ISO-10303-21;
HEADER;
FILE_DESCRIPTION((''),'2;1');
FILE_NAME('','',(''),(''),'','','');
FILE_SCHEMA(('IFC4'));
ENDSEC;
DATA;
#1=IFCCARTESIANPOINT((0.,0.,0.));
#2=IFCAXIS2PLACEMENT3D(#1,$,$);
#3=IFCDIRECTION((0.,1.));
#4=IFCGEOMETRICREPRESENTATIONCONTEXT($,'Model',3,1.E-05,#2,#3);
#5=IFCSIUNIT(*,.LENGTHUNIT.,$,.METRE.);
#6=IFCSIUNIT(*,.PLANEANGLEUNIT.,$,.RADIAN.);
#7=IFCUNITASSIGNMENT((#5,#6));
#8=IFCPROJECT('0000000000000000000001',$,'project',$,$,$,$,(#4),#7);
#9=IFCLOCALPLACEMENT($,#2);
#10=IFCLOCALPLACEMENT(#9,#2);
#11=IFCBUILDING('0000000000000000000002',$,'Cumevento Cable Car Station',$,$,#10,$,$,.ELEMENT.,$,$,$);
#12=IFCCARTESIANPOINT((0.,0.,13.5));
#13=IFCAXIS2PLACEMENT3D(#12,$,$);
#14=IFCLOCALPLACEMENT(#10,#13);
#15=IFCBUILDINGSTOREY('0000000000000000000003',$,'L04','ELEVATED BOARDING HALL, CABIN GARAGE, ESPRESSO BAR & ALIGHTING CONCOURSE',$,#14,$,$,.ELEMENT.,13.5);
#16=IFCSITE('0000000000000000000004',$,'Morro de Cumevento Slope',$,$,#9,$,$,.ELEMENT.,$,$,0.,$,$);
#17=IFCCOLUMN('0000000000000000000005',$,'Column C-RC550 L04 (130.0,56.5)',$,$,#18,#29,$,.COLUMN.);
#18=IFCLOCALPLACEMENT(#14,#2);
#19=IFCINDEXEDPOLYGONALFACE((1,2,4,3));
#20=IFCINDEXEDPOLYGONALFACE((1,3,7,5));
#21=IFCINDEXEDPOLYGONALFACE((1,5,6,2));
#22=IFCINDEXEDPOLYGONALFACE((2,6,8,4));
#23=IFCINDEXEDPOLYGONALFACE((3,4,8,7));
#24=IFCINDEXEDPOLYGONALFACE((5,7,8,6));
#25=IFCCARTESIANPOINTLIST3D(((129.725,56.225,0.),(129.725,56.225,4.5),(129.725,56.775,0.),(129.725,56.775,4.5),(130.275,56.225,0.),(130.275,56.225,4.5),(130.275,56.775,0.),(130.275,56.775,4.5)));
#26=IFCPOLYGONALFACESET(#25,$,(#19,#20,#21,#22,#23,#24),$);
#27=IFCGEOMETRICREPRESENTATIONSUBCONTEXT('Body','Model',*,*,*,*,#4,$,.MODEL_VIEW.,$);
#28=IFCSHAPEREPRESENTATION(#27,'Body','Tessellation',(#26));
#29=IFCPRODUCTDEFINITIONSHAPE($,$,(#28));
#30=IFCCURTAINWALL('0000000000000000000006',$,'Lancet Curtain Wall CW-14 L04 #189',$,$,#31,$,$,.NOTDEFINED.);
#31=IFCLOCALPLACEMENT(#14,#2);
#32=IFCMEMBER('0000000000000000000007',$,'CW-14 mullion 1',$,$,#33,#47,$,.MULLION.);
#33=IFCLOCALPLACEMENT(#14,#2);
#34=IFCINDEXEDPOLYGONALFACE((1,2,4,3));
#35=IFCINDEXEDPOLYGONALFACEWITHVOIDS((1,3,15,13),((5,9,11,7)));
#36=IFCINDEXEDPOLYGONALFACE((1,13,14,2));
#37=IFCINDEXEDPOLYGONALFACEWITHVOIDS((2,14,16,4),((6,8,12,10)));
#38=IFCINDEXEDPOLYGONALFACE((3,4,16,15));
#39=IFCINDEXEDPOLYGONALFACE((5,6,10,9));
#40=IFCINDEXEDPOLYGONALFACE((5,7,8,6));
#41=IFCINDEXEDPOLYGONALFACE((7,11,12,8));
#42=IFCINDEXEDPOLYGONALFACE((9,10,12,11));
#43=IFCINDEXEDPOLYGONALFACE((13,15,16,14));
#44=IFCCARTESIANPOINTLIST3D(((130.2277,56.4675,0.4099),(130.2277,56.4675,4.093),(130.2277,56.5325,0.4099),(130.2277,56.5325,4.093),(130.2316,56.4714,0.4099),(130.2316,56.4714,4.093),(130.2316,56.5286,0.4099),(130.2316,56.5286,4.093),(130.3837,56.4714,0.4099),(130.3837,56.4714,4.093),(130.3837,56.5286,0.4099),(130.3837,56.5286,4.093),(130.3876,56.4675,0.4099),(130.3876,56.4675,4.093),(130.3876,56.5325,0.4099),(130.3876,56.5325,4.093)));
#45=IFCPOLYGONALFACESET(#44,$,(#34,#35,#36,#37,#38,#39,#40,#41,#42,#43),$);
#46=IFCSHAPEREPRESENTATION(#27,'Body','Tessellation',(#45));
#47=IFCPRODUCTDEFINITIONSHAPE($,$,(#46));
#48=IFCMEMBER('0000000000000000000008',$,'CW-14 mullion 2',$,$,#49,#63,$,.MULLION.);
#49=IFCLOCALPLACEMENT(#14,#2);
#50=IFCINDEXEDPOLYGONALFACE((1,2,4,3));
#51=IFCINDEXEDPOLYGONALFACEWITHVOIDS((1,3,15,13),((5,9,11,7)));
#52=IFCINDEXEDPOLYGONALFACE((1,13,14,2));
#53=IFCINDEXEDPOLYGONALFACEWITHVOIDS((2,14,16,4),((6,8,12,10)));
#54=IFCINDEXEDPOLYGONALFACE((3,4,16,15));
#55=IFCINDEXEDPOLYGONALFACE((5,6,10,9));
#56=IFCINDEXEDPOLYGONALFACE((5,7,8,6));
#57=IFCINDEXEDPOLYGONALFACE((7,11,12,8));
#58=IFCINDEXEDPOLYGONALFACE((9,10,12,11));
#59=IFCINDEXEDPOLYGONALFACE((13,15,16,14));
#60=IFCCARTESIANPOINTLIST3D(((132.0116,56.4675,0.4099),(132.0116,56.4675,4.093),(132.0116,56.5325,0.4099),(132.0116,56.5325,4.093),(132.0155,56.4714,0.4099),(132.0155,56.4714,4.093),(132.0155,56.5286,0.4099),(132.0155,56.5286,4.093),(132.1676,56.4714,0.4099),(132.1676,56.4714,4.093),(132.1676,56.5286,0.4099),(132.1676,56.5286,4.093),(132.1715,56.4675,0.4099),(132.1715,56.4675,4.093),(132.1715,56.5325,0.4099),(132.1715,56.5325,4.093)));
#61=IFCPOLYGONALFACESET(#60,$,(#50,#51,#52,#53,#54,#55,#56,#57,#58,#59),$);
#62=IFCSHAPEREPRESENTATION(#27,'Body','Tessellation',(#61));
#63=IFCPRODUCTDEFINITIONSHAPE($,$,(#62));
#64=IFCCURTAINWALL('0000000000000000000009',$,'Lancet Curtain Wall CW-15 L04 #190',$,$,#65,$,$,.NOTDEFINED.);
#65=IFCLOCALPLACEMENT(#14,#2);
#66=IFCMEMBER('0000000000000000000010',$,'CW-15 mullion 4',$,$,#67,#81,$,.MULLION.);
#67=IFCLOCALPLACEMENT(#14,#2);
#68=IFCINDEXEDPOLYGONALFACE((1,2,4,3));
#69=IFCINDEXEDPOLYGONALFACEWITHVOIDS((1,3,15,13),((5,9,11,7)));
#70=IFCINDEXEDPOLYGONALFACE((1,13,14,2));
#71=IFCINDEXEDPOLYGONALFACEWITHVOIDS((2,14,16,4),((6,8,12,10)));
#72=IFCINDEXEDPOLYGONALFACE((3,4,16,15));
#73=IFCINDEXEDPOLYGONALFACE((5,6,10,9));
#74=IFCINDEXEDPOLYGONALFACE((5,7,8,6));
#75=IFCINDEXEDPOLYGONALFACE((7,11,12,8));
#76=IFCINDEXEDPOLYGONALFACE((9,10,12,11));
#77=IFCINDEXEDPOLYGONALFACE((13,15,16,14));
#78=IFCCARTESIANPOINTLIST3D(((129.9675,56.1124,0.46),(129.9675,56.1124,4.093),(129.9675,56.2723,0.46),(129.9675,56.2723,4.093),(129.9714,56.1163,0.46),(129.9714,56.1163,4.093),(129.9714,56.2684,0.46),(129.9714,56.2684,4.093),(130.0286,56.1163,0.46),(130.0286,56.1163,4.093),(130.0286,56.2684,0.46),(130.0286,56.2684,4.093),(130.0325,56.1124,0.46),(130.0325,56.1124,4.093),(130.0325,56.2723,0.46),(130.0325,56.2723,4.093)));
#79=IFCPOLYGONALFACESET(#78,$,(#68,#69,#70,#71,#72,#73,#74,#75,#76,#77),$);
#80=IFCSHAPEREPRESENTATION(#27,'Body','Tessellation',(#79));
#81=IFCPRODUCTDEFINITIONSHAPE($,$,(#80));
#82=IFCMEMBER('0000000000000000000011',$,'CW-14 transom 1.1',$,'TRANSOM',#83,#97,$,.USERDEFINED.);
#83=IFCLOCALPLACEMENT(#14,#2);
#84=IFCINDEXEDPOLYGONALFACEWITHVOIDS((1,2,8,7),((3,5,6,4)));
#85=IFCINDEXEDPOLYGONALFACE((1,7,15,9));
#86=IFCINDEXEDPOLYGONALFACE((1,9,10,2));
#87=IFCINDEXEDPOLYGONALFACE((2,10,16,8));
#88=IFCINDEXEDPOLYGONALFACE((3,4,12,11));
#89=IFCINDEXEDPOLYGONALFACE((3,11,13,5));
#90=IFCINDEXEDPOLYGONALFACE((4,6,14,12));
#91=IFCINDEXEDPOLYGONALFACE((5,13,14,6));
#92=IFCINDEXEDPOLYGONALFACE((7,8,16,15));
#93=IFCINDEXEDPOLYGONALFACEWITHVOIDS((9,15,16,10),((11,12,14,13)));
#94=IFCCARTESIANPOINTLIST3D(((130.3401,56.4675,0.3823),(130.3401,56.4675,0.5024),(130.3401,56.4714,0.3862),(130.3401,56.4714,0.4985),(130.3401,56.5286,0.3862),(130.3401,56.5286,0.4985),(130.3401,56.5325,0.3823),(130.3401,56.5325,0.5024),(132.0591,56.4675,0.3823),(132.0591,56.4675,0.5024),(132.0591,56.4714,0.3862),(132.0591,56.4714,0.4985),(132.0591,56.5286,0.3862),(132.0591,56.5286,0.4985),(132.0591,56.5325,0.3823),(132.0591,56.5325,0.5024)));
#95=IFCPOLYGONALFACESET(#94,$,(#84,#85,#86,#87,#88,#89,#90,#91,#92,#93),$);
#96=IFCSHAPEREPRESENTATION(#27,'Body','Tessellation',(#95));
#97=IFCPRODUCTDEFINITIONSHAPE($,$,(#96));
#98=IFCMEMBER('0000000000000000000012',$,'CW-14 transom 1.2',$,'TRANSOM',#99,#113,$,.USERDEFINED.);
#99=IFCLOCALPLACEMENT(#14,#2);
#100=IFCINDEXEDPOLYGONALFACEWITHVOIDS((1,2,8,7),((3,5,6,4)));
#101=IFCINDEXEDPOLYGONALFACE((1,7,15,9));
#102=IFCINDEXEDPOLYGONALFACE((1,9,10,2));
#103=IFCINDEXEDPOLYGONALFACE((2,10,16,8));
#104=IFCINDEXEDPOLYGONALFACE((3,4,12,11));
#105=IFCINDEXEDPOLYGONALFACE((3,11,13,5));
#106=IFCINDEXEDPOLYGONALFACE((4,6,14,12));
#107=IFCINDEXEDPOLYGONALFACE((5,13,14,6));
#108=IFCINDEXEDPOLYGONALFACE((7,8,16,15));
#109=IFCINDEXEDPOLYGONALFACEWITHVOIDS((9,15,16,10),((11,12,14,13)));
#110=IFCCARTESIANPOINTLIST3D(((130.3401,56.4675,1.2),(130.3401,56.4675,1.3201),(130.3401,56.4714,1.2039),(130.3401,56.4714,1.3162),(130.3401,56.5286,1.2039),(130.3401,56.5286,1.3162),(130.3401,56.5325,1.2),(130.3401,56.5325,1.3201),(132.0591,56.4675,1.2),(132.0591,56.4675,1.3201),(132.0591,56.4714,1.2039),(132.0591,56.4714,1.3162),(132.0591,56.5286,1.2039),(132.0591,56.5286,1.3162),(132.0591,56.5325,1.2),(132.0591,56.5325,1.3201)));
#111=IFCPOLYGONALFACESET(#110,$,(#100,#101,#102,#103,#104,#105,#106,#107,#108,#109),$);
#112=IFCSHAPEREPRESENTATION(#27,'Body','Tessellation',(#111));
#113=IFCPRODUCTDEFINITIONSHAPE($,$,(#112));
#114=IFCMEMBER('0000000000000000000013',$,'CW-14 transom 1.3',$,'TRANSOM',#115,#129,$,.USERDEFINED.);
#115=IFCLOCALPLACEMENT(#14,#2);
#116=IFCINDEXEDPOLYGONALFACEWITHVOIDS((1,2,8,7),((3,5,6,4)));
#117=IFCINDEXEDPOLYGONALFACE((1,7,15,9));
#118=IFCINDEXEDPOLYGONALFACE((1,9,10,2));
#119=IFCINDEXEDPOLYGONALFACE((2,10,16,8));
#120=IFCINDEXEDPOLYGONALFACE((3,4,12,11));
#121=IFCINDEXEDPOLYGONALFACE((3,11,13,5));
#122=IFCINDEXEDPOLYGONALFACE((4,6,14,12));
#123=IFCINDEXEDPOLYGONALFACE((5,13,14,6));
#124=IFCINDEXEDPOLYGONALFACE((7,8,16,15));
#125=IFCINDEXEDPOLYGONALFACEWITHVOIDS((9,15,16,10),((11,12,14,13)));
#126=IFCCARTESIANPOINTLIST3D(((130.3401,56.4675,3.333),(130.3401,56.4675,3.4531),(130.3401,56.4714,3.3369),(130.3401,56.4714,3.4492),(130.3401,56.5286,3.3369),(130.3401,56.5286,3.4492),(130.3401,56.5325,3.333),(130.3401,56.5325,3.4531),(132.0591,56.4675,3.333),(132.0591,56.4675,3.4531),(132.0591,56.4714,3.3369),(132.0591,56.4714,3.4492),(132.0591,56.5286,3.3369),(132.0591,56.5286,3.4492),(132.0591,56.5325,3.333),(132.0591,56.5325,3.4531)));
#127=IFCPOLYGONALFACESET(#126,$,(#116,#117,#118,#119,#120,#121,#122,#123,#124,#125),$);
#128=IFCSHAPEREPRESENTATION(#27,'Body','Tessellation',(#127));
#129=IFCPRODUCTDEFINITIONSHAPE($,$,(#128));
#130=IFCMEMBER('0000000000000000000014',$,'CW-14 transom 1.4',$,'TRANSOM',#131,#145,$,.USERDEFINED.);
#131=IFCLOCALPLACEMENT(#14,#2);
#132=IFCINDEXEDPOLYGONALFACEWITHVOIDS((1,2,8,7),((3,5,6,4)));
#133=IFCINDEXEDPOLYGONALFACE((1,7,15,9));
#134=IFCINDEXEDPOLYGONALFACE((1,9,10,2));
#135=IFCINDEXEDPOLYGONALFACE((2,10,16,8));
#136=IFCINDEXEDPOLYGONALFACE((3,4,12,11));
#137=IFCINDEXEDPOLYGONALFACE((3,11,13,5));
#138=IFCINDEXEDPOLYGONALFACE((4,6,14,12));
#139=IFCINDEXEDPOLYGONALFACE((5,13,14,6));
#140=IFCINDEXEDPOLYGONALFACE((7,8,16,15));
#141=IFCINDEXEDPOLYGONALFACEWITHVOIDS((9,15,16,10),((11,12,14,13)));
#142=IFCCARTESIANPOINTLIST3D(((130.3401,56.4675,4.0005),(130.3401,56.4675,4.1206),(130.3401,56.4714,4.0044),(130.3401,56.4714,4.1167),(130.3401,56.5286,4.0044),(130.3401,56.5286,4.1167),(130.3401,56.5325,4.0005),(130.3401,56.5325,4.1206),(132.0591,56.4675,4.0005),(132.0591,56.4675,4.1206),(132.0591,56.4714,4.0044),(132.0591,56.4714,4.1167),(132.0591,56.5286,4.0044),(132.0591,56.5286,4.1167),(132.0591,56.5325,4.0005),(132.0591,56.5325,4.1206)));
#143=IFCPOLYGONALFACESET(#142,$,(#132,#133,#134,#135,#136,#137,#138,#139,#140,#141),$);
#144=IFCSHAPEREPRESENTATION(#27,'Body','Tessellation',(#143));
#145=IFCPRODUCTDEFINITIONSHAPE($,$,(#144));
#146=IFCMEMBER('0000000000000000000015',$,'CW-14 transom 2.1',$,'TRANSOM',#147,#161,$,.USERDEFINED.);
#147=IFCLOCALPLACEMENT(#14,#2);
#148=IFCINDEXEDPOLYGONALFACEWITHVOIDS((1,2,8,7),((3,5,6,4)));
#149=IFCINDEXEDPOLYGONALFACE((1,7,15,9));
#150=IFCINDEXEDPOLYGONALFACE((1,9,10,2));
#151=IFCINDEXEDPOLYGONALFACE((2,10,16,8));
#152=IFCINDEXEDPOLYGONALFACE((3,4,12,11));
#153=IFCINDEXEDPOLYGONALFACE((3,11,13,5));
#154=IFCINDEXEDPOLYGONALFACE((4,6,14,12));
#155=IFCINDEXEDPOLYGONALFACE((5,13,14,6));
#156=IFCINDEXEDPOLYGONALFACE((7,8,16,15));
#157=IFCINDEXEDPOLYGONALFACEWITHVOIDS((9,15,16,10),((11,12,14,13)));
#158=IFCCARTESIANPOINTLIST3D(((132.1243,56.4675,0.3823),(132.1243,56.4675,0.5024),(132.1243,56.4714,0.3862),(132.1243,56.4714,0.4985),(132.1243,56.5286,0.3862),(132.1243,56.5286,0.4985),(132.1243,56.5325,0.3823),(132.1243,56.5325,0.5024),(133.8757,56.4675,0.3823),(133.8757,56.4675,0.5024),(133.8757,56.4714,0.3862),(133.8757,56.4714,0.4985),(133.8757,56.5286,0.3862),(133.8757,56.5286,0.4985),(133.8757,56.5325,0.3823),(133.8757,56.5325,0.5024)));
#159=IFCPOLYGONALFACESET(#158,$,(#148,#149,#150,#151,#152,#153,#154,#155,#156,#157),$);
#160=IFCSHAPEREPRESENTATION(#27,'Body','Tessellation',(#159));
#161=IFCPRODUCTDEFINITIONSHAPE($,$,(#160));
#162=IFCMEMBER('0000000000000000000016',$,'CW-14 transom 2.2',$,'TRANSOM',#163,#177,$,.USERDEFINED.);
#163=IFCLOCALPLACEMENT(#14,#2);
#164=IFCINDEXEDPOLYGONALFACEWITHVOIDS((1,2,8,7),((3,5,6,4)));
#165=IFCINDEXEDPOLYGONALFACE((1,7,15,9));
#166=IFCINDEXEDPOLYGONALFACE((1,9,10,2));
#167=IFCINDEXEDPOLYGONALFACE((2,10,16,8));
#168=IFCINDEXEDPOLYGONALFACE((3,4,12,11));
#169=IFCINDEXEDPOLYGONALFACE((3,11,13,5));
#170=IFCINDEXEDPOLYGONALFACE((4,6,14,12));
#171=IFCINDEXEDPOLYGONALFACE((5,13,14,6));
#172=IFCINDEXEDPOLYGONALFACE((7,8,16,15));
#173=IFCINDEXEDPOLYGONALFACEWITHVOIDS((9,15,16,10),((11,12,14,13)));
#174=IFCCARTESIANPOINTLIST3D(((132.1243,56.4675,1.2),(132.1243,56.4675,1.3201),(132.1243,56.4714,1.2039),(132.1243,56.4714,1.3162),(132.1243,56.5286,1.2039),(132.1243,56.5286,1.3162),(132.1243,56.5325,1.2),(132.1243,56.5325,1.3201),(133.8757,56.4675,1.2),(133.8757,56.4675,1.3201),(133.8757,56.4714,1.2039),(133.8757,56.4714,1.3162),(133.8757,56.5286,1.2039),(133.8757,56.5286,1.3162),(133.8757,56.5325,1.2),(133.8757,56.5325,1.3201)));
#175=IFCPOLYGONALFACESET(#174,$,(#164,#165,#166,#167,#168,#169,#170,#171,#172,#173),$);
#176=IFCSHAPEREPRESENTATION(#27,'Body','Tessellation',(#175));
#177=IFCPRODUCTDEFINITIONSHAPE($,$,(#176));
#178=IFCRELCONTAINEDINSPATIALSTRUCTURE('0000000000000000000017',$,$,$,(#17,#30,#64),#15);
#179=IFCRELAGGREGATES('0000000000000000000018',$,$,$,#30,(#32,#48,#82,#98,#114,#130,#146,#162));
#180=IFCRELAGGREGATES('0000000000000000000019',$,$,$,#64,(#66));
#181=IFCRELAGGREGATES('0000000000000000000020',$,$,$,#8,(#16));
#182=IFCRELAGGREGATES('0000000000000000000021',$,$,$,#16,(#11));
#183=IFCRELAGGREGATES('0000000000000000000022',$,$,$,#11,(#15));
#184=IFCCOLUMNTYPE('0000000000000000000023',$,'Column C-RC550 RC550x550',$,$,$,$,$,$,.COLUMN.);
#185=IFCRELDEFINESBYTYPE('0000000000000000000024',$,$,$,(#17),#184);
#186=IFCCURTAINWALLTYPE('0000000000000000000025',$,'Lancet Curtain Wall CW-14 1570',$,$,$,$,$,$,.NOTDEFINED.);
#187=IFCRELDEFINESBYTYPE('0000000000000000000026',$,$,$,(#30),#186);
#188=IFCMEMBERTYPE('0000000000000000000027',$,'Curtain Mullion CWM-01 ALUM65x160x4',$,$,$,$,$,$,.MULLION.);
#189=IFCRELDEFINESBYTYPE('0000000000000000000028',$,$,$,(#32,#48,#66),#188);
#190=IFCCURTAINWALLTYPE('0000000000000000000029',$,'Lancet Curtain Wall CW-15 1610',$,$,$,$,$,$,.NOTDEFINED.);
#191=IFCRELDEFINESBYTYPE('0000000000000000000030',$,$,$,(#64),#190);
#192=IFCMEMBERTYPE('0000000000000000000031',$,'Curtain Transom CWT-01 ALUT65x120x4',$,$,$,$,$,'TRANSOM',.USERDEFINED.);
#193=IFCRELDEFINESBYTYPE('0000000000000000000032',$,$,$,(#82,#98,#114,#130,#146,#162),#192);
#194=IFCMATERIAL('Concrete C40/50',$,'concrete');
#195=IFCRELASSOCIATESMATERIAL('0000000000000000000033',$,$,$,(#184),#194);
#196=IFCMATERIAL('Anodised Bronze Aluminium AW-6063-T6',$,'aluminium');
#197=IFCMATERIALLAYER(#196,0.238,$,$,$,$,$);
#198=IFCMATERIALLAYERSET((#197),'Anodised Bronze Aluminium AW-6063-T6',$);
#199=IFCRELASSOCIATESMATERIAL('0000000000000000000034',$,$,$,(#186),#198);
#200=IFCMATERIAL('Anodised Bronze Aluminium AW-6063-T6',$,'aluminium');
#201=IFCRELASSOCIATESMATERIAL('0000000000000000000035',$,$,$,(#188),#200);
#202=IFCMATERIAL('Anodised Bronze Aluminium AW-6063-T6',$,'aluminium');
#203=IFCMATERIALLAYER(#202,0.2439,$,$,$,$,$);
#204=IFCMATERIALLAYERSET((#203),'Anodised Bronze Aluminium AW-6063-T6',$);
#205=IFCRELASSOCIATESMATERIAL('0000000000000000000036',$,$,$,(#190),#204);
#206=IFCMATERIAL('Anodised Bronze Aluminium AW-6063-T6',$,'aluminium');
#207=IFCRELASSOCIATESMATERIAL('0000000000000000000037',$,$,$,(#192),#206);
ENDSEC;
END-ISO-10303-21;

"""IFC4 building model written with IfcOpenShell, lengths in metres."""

from ifc_helpers import new_model, si_unit, direction, frame, origin, origin_2d, place, context, subcontext, project, spatial, rectangle, hollow_rectangle, extrude, material, layer, layer_set, material_profile, profile_set, type_object, element, aggregate, save


model = new_model("IFC4")

# Units and contexts
model_context = context("Model", 3, precision=1e-05, world=origin(), true_north=direction((0.0, 1.0)))
body_context = subcontext(model_context, "Body", "Model", "MODEL_VIEW")
ifc_project = project(units=[si_unit("LENGTHUNIT", "METRE"), si_unit("PLANEANGLEUNIT", "RADIAN")], contexts=[model_context])

# Site, building, storey
site_placement = place(None, origin())
site = spatial("IfcSite", under=ifc_project, at=site_placement, Name="Morro de Cumevento Slope", CompositionType="ELEMENT", RefElevation=0.0)
building_placement = place(site_placement, origin())
building = spatial("IfcBuilding", under=site, at=building_placement, Name="Cumevento Cable Car Station", CompositionType="ELEMENT")
storey_placement = place(building_placement, frame((0.0, 0.0, 13.5)))
storey = spatial("IfcBuildingStorey", under=building, at=storey_placement, Name="L04", Description="ELEVATED BOARDING HALL, CABIN GARAGE, ESPRESSO BAR & ALIGHTING CONCOURSE", CompositionType="ELEMENT", Elevation=13.5)

# Column
ifc_material_1 = material(Name="Concrete C40/50", Category="concrete")
ifc_material_profile_1 = material_profile(ifc_material_1, rectangle(XDim=0.55, YDim=0.55, at=origin_2d()), Name="RC550x550")
ifc_profile_set_1 = profile_set([ifc_material_profile_1], Name="Concrete C40/50")
column_type = type_object("IfcColumnType", Name="Column C-RC550 RC550x550", PredefinedType="COLUMN", material=ifc_profile_set_1)
column_placement = place(storey_placement, frame((130.0, 56.5, 0.0), z_axis=(0.0, 0.0, 1.0), x_axis=(1.0, 0.0, 0.0)))
element("IfcColumn", 1, at=column_placement, inside=storey, type_object=column_type, Name="Column C-RC550 L04 (130.0,56.5)", PredefinedType="COLUMN", context=body_context, shape_type="SweptSolid", body=[
    extrude(rectangle(XDim=0.55, YDim=0.55, at=origin_2d()), origin(), (0.0, 0.0, 1.0), 4.5),
])

# Curtain wall, members
ifc_material_2 = material(Name="Anodised Bronze Aluminium AW-6063-T6", Category="aluminium")
ifc_layer_1 = layer(ifc_material_2, 0.238)
ifc_layer_set_1 = layer_set([ifc_layer_1], Name="Anodised Bronze Aluminium AW-6063-T6")
curtain_wall_type_1 = type_object("IfcCurtainWallType", Name="Lancet Curtain Wall CW-14 1570", PredefinedType="NOTDEFINED", material=ifc_layer_set_1)
curtain_wall_1_placement = place(storey_placement, origin())
curtain_wall_1 = element("IfcCurtainWall", 2, at=curtain_wall_1_placement, inside=storey, type_object=curtain_wall_type_1, Name="Lancet Curtain Wall CW-14 L04 #189", PredefinedType="NOTDEFINED")
ifc_material_3 = material(Name="Anodised Bronze Aluminium AW-6063-T6", Category="aluminium")
ifc_material_profile_2 = material_profile(ifc_material_3, hollow_rectangle(XDim=0.0649, YDim=0.1599, WallThickness=0.0039, at=origin_2d()), Name="ALUM65x160x4")
ifc_profile_set_2 = profile_set([ifc_material_profile_2], Name="Anodised Bronze Aluminium AW-6063-T6")
member_type_1 = type_object("IfcMemberType", Name="Curtain Mullion CWM-01 ALUM65x160x4", PredefinedType="MULLION", material=ifc_profile_set_2)
member_1_placement = place(storey_placement, frame((130.3076, 56.5, 0.4099), z_axis=(0.0, 0.0, 1.0), x_axis=(0.0, 1.0, 0.0)))
member_1 = element("IfcMember", 3, at=member_1_placement, type_object=member_type_1, Name="CW-14 mullion 1", PredefinedType="MULLION", context=body_context, shape_type="SweptSolid", body=[
    extrude(hollow_rectangle(XDim=0.0649, YDim=0.1599, WallThickness=0.0039, at=origin_2d()), origin(), (0.0, 0.0, 1.0), 3.6831),
])
member_2_placement = place(storey_placement, frame((132.0916, 56.5, 0.4099), z_axis=(0.0, 0.0, 1.0), x_axis=(0.0, 1.0, 0.0)))
member_2 = element("IfcMember", 4, at=member_2_placement, type_object=member_type_1, Name="CW-14 mullion 2", PredefinedType="MULLION", context=body_context, shape_type="SweptSolid", body=[
    extrude(hollow_rectangle(XDim=0.0649, YDim=0.1599, WallThickness=0.0039, at=origin_2d()), origin(), (0.0, 0.0, 1.0), 3.6831),
])

# Curtain wall, member
ifc_material_4 = material(Name="Anodised Bronze Aluminium AW-6063-T6", Category="aluminium")
ifc_layer_2 = layer(ifc_material_4, 0.2439)
ifc_layer_set_2 = layer_set([ifc_layer_2], Name="Anodised Bronze Aluminium AW-6063-T6")
curtain_wall_type_2 = type_object("IfcCurtainWallType", Name="Lancet Curtain Wall CW-15 1610", PredefinedType="NOTDEFINED", material=ifc_layer_set_2)
curtain_wall_2_placement = place(storey_placement, origin())
curtain_wall_2 = element("IfcCurtainWall", 5, at=curtain_wall_2_placement, inside=storey, type_object=curtain_wall_type_2, Name="Lancet Curtain Wall CW-15 L04 #190", PredefinedType="NOTDEFINED")
member_3_placement = place(storey_placement, frame((130.0, 56.1924, 0.46), z_axis=(0.0, 0.0, 1.0), x_axis=(-1.0, 0.0, 0.0)))
member_3 = element("IfcMember", 6, at=member_3_placement, type_object=member_type_1, Name="CW-15 mullion 4", PredefinedType="MULLION", context=body_context, shape_type="SweptSolid", body=[
    extrude(hollow_rectangle(XDim=0.0649, YDim=0.1599, WallThickness=0.0039, at=origin_2d()), origin(), (0.0, 0.0, 1.0), 3.6331),
])

# Members
ifc_material_5 = material(Name="Anodised Bronze Aluminium AW-6063-T6", Category="aluminium")
ifc_material_profile_3 = material_profile(ifc_material_5, hollow_rectangle(XDim=0.0649, YDim=0.1201, WallThickness=0.0039, at=origin_2d()), Name="ALUT65x120x4")
ifc_profile_set_3 = profile_set([ifc_material_profile_3], Name="Anodised Bronze Aluminium AW-6063-T6")
member_type_2 = type_object("IfcMemberType", Name="Curtain Transom CWT-01 ALUT65x120x4", ElementType="TRANSOM", PredefinedType="USERDEFINED", material=ifc_profile_set_3)
member_4_placement = place(storey_placement, frame((130.3401, 56.5, 0.4424), z_axis=(1.0, 0.0, 0.0), x_axis=(0.0, 1.0, 0.0)))
member_4 = element("IfcMember", 7, at=member_4_placement, type_object=member_type_2, Name="CW-14 transom 1.1", ObjectType="TRANSOM", PredefinedType="USERDEFINED", context=body_context, shape_type="SweptSolid", body=[
    extrude(hollow_rectangle(XDim=0.0649, YDim=0.1201, WallThickness=0.0039, at=origin_2d()), origin(), (0.0, 0.0, 1.0), 1.719),
])
member_5_placement = place(storey_placement, frame((130.3401, 56.5, 1.26), z_axis=(1.0, 0.0, 0.0), x_axis=(0.0, 1.0, 0.0)))
member_5 = element("IfcMember", 8, at=member_5_placement, type_object=member_type_2, Name="CW-14 transom 1.2", ObjectType="TRANSOM", PredefinedType="USERDEFINED", context=body_context, shape_type="SweptSolid", body=[
    extrude(hollow_rectangle(XDim=0.0649, YDim=0.1201, WallThickness=0.0039, at=origin_2d()), origin(), (0.0, 0.0, 1.0), 1.719),
])
member_6_placement = place(storey_placement, frame((130.3401, 56.5, 3.3931), z_axis=(1.0, 0.0, 0.0), x_axis=(0.0, 1.0, 0.0)))
member_6 = element("IfcMember", 9, at=member_6_placement, type_object=member_type_2, Name="CW-14 transom 1.3", ObjectType="TRANSOM", PredefinedType="USERDEFINED", context=body_context, shape_type="SweptSolid", body=[
    extrude(hollow_rectangle(XDim=0.0649, YDim=0.1201, WallThickness=0.0039, at=origin_2d()), origin(), (0.0, 0.0, 1.0), 1.719),
])
member_7_placement = place(storey_placement, frame((130.3401, 56.5, 4.0605), z_axis=(1.0, 0.0, 0.0), x_axis=(0.0, 1.0, 0.0)))
member_7 = element("IfcMember", 10, at=member_7_placement, type_object=member_type_2, Name="CW-14 transom 1.4", ObjectType="TRANSOM", PredefinedType="USERDEFINED", context=body_context, shape_type="SweptSolid", body=[
    extrude(hollow_rectangle(XDim=0.0649, YDim=0.1201, WallThickness=0.0039, at=origin_2d()), origin(), (0.0, 0.0, 1.0), 1.719),
])
member_8_placement = place(storey_placement, frame((132.1243, 56.5, 0.4424), z_axis=(1.0, 0.0, 0.0), x_axis=(0.0, 1.0, 0.0)))
member_8 = element("IfcMember", 11, at=member_8_placement, type_object=member_type_2, Name="CW-14 transom 2.1", ObjectType="TRANSOM", PredefinedType="USERDEFINED", context=body_context, shape_type="SweptSolid", body=[
    extrude(hollow_rectangle(XDim=0.0649, YDim=0.1201, WallThickness=0.0039, at=origin_2d()), origin(), (0.0, 0.0, 1.0), 1.7515),
])
member_9_placement = place(storey_placement, frame((132.1243, 56.5, 1.26), z_axis=(1.0, 0.0, 0.0), x_axis=(0.0, 1.0, 0.0)))
member_9 = element("IfcMember", 12, at=member_9_placement, type_object=member_type_2, Name="CW-14 transom 2.2", ObjectType="TRANSOM", PredefinedType="USERDEFINED", context=body_context, shape_type="SweptSolid", body=[
    extrude(hollow_rectangle(XDim=0.0649, YDim=0.1201, WallThickness=0.0039, at=origin_2d()), origin(), (0.0, 0.0, 1.0), 1.7515),
])

aggregate(curtain_wall_1, [member_1, member_2, member_4, member_5, member_6, member_7, member_8, member_9])
aggregate(curtain_wall_2, [member_3])

save(model, "model.ifc")
